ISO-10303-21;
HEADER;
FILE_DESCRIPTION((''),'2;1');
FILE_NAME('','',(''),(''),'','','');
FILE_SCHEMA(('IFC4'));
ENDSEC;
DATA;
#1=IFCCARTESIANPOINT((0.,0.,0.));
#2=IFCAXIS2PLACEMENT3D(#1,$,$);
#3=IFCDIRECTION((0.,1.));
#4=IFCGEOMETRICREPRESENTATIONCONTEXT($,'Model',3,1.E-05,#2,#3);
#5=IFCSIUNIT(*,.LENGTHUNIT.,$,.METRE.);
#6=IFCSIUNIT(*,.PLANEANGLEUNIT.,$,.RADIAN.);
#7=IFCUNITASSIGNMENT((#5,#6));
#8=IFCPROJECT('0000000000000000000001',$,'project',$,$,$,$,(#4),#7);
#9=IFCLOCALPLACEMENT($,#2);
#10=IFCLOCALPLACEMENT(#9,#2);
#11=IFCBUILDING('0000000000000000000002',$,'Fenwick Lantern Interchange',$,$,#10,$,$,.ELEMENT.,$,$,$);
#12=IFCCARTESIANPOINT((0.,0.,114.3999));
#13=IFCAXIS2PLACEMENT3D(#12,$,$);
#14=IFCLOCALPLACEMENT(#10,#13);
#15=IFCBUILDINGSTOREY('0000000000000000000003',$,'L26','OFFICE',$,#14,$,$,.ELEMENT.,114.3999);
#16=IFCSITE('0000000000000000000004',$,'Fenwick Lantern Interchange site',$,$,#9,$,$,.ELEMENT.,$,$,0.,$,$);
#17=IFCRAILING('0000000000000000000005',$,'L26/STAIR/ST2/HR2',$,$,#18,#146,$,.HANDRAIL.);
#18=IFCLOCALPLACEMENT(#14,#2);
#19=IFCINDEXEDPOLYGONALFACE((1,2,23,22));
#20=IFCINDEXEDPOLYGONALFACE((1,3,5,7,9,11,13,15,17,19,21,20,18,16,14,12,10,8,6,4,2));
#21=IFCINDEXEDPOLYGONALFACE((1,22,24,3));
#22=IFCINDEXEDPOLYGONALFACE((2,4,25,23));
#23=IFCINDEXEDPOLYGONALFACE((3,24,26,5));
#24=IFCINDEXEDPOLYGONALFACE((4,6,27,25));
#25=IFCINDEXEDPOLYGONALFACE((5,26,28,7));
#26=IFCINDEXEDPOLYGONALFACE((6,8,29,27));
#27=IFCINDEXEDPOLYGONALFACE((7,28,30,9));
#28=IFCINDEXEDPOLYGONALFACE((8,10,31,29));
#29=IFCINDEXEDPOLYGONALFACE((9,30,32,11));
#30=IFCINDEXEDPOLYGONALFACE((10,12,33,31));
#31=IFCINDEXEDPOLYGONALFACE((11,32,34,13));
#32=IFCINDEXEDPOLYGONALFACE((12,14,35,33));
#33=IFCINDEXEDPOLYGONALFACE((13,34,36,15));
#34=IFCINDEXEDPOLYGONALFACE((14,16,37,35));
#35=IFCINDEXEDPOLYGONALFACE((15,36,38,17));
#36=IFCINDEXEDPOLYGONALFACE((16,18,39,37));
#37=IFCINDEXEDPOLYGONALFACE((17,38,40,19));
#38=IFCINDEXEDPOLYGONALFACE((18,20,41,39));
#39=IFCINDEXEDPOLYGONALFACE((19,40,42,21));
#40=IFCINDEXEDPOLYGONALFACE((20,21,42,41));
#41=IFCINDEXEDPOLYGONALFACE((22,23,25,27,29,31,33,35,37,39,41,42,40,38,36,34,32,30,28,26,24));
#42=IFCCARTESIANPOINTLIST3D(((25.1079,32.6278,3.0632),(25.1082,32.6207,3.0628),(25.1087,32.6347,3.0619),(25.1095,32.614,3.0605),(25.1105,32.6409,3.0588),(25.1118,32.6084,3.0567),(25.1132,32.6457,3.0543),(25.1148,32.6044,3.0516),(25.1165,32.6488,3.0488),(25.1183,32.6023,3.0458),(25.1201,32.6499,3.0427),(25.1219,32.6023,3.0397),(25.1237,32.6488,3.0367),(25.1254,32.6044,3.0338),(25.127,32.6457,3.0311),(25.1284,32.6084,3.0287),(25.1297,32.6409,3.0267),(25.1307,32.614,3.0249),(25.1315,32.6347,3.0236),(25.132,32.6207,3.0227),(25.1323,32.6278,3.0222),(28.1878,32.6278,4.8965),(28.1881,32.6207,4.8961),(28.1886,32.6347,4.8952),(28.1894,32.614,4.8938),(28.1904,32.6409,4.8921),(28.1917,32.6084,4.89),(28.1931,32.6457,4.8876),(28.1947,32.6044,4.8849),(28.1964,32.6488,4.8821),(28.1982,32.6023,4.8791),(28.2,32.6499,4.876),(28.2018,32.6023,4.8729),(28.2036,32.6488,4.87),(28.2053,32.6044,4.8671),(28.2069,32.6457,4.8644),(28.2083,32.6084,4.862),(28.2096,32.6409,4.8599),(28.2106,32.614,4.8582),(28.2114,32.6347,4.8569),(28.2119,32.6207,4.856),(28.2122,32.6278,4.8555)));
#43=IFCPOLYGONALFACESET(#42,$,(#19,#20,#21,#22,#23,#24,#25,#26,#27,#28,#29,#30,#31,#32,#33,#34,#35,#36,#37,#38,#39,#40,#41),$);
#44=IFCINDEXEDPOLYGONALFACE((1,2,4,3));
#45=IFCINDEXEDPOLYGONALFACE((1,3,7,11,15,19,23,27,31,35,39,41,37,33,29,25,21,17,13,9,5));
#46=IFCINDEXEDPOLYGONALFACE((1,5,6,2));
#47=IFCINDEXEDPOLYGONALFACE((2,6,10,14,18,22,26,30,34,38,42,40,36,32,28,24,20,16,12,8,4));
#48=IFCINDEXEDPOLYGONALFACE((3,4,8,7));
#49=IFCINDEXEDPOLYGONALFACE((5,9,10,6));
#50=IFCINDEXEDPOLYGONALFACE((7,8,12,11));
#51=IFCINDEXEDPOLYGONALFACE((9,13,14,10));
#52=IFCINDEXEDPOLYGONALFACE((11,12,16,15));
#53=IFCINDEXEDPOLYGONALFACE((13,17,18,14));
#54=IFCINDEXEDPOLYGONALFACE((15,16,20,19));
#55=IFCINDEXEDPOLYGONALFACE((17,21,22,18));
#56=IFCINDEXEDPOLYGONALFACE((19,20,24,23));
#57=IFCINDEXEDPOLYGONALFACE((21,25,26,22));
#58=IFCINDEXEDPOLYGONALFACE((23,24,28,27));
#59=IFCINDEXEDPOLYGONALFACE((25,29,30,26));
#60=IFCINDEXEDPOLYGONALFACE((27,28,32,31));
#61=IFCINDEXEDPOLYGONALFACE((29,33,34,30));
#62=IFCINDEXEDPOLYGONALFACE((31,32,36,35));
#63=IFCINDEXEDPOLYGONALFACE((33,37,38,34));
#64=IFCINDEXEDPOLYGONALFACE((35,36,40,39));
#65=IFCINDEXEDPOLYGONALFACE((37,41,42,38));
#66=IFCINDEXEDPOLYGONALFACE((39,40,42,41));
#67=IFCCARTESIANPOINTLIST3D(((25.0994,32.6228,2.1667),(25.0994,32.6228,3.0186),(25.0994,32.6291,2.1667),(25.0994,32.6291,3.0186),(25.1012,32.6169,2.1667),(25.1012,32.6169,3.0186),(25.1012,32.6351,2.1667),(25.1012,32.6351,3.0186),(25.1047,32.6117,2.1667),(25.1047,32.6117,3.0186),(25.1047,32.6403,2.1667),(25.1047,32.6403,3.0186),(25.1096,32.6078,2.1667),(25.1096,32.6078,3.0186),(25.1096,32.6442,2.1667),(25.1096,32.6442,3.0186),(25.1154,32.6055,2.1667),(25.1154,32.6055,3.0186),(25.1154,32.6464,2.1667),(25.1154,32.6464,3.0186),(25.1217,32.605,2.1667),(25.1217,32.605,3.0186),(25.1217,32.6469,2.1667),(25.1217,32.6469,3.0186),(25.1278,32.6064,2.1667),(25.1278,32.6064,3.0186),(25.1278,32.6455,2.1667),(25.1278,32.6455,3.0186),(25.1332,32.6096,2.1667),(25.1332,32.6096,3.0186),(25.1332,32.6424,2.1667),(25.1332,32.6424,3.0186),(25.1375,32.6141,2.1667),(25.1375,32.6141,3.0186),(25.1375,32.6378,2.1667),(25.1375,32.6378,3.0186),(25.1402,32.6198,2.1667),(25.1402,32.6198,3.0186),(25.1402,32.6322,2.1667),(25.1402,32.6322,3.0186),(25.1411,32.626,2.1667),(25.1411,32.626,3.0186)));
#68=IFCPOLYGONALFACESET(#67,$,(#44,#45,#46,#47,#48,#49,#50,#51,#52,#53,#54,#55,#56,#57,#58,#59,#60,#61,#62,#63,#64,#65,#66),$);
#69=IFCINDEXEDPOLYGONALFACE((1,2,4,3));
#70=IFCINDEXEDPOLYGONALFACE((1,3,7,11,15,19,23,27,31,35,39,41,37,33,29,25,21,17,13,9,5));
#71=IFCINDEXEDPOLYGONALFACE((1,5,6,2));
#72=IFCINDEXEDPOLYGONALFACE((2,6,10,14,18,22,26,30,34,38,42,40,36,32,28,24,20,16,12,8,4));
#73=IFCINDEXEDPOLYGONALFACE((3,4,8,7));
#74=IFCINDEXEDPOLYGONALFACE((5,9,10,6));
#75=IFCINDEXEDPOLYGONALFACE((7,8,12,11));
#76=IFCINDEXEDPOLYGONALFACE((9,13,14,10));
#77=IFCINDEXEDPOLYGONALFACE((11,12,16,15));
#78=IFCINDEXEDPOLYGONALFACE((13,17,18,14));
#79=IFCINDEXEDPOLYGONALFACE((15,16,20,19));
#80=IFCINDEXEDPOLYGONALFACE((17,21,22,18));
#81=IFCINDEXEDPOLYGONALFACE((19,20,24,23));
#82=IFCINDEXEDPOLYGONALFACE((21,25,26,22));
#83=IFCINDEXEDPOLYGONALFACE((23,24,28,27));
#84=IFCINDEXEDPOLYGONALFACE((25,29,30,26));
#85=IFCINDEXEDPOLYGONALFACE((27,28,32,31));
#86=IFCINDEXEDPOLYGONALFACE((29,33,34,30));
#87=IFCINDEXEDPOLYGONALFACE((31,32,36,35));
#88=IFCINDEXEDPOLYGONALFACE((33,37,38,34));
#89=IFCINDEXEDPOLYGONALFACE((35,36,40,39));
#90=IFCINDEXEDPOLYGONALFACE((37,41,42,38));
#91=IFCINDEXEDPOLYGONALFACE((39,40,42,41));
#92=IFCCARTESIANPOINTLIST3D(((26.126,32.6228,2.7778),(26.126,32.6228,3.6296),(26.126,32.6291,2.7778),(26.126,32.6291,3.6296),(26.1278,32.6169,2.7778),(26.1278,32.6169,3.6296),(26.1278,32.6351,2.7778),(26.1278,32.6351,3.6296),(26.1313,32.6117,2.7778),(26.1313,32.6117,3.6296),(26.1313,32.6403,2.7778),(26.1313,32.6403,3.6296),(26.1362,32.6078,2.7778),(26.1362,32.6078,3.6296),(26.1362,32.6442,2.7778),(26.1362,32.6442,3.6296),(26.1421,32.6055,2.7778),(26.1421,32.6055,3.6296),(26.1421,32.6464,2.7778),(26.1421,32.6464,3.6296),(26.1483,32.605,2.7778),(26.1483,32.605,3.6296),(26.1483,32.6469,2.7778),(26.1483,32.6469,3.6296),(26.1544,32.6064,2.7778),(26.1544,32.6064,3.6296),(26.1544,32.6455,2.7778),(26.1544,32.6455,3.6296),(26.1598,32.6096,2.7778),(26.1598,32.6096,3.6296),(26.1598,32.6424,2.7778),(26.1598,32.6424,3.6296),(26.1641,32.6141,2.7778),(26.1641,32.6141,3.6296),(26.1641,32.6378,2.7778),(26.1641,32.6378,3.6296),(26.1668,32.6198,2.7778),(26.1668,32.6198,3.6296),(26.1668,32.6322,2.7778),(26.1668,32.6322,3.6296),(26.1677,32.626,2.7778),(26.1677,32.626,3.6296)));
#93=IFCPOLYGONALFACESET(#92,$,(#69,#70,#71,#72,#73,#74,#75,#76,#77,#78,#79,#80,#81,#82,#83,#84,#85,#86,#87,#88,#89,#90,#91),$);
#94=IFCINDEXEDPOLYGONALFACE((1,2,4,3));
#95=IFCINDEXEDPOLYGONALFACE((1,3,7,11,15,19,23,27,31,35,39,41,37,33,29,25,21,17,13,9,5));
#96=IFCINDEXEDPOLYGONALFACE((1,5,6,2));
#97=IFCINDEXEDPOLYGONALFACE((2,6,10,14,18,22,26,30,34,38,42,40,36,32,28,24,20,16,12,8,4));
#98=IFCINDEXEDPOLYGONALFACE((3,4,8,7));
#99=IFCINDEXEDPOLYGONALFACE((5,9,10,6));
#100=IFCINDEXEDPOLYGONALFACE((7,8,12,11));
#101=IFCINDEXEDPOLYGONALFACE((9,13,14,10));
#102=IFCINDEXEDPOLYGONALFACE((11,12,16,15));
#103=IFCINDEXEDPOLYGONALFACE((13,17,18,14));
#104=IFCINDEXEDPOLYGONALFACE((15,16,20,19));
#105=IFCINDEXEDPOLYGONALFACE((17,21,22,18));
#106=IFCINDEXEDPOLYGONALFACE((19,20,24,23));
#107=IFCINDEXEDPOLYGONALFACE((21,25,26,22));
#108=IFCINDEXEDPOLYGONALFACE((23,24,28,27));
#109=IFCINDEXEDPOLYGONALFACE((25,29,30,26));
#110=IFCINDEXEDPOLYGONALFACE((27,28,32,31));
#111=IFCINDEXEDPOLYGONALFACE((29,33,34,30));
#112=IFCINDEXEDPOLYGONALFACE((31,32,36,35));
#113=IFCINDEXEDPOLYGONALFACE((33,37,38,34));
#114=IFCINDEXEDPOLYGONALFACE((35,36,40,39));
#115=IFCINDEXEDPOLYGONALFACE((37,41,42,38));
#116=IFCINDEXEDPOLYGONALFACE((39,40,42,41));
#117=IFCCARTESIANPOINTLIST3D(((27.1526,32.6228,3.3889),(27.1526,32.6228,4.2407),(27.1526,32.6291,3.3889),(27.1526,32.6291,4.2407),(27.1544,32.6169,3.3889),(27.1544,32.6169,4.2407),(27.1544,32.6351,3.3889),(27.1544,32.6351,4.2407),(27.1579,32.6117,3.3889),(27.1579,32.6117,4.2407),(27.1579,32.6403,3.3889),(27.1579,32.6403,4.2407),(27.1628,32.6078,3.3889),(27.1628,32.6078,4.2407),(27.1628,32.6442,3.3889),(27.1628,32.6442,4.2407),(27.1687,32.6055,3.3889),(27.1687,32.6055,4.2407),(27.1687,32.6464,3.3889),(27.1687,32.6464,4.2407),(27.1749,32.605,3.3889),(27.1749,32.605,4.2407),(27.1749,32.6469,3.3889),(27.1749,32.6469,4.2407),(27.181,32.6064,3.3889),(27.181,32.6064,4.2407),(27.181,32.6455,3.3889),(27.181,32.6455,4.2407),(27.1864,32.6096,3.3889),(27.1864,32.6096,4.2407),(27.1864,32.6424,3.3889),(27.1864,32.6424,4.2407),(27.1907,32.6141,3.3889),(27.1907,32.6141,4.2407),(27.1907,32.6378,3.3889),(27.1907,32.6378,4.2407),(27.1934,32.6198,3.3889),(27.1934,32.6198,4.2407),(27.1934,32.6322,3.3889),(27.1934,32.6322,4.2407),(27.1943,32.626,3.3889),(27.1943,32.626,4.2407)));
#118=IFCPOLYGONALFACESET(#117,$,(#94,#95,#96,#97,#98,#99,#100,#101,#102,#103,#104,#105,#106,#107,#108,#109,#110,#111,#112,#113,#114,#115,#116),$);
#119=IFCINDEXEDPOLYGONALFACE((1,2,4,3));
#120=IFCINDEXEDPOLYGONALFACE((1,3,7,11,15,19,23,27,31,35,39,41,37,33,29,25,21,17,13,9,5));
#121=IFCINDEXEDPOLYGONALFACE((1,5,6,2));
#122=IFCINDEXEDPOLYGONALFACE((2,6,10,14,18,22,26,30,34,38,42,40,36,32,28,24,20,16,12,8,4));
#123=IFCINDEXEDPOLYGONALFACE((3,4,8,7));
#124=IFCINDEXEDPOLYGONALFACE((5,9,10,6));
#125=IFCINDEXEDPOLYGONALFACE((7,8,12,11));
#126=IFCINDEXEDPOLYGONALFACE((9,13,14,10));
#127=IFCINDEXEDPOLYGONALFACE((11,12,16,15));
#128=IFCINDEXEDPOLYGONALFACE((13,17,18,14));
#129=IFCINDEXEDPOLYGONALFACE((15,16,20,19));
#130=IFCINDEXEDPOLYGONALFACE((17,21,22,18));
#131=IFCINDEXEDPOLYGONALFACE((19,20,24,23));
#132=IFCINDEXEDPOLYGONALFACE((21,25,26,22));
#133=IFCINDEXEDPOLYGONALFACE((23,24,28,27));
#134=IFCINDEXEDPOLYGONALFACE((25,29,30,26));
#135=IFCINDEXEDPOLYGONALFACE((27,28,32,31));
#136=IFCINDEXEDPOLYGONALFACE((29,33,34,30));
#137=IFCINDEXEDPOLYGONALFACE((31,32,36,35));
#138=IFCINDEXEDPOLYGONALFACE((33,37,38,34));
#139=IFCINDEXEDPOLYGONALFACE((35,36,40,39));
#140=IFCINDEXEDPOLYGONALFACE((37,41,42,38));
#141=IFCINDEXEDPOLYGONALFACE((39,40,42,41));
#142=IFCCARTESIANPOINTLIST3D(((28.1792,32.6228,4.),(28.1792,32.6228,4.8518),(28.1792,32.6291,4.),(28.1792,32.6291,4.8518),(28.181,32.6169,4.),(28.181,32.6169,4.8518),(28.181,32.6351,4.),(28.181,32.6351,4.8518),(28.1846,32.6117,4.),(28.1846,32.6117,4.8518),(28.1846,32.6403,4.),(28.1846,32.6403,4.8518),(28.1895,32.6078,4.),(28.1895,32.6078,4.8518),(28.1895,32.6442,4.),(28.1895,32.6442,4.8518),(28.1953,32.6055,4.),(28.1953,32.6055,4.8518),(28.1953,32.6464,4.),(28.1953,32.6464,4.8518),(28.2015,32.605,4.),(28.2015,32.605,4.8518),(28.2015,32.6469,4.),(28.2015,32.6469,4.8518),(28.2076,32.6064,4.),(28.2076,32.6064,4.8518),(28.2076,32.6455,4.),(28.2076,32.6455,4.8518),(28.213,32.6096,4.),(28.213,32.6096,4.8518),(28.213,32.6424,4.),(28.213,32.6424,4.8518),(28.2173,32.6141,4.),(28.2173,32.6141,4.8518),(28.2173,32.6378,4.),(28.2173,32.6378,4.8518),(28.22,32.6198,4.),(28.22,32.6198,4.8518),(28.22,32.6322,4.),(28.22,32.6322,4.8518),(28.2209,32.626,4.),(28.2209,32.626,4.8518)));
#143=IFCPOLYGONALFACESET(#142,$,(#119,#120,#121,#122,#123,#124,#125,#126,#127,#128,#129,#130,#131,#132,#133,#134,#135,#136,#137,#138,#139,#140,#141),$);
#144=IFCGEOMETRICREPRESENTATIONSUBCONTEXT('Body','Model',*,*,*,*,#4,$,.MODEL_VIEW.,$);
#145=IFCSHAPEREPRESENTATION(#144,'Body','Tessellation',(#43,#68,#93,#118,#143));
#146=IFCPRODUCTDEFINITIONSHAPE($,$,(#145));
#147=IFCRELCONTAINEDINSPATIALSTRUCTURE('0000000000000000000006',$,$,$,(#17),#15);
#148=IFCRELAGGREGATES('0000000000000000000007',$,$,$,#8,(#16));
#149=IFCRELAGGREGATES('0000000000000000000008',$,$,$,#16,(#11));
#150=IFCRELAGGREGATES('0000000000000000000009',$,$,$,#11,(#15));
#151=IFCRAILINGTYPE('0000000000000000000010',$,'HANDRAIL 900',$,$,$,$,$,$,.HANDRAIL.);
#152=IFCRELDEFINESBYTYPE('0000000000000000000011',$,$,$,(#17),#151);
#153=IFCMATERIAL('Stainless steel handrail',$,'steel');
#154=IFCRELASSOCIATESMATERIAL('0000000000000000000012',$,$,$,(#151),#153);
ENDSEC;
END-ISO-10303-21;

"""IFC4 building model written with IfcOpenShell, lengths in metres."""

from ifc_helpers import new_model, si_unit, direction, frame, origin, origin_2d, place, context, subcontext, project, spatial, circle, extrude, material, type_object, element, save


model = new_model("IFC4")

# Units and contexts
model_context = context("Model", 3, precision=1e-05, world=origin(), true_north=direction((0.0, 1.0)))
body_context = subcontext(model_context, "Body", "Model", "MODEL_VIEW")
ifc_project = project(units=[si_unit("LENGTHUNIT", "METRE"), si_unit("PLANEANGLEUNIT", "RADIAN")], contexts=[model_context])

# Site, building, storey
site_placement = place(None, origin())
site = spatial("IfcSite", under=ifc_project, at=site_placement, Name="Fenwick Lantern Interchange site", CompositionType="ELEMENT", RefElevation=0.0)
building_placement = place(site_placement, origin())
building = spatial("IfcBuilding", under=site, at=building_placement, Name="Fenwick Lantern Interchange", CompositionType="ELEMENT")
storey_placement = place(building_placement, frame((0.0, 0.0, 114.3999)))
storey = spatial("IfcBuildingStorey", under=building, at=storey_placement, Name="L26", Description="OFFICE", CompositionType="ELEMENT", Elevation=114.3999)

# Railing
ifc_material_1 = material(Name="Stainless steel handrail", Category="steel")
railing_type = type_object("IfcRailingType", Name="HANDRAIL 900", PredefinedType="HANDRAIL", material=ifc_material_1)
railing_1_placement = place(storey_placement, frame((25.1201, 32.626, 2.1667)))
element("IfcRailing", 1, at=railing_1_placement, inside=storey, type_object=railing_type, Name="L26/STAIR/ST2/HR2", PredefinedType="HANDRAIL", context=body_context, shape_type="SweptSolid", body=[
    extrude(circle(Radius=0.0239, at=origin_2d()), frame((0.0, 0.0, 0.876), z_axis=(0.859291, 0.0, 0.511487), x_axis=(0.0, 1.0, 0.0)), (0.0, 0.0, 1.0), 3.5842),
    extrude(circle(Radius=0.021, at=origin_2d()), origin(), (0.0, 0.0, 1.0), 0.8518),
    extrude(circle(Radius=0.021, at=origin_2d()), frame((1.0266, 0.0, 0.6111)), (0.0, 0.0, 1.0), 0.8518),
    extrude(circle(Radius=0.021, at=origin_2d()), frame((2.0532, 0.0, 1.2222)), (0.0, 0.0, 1.0), 0.8518),
    extrude(circle(Radius=0.021, at=origin_2d()), frame((3.0798, 0.0, 1.8333)), (0.0, 0.0, 1.0), 0.8518),
])

save(model, "model.ifc")
